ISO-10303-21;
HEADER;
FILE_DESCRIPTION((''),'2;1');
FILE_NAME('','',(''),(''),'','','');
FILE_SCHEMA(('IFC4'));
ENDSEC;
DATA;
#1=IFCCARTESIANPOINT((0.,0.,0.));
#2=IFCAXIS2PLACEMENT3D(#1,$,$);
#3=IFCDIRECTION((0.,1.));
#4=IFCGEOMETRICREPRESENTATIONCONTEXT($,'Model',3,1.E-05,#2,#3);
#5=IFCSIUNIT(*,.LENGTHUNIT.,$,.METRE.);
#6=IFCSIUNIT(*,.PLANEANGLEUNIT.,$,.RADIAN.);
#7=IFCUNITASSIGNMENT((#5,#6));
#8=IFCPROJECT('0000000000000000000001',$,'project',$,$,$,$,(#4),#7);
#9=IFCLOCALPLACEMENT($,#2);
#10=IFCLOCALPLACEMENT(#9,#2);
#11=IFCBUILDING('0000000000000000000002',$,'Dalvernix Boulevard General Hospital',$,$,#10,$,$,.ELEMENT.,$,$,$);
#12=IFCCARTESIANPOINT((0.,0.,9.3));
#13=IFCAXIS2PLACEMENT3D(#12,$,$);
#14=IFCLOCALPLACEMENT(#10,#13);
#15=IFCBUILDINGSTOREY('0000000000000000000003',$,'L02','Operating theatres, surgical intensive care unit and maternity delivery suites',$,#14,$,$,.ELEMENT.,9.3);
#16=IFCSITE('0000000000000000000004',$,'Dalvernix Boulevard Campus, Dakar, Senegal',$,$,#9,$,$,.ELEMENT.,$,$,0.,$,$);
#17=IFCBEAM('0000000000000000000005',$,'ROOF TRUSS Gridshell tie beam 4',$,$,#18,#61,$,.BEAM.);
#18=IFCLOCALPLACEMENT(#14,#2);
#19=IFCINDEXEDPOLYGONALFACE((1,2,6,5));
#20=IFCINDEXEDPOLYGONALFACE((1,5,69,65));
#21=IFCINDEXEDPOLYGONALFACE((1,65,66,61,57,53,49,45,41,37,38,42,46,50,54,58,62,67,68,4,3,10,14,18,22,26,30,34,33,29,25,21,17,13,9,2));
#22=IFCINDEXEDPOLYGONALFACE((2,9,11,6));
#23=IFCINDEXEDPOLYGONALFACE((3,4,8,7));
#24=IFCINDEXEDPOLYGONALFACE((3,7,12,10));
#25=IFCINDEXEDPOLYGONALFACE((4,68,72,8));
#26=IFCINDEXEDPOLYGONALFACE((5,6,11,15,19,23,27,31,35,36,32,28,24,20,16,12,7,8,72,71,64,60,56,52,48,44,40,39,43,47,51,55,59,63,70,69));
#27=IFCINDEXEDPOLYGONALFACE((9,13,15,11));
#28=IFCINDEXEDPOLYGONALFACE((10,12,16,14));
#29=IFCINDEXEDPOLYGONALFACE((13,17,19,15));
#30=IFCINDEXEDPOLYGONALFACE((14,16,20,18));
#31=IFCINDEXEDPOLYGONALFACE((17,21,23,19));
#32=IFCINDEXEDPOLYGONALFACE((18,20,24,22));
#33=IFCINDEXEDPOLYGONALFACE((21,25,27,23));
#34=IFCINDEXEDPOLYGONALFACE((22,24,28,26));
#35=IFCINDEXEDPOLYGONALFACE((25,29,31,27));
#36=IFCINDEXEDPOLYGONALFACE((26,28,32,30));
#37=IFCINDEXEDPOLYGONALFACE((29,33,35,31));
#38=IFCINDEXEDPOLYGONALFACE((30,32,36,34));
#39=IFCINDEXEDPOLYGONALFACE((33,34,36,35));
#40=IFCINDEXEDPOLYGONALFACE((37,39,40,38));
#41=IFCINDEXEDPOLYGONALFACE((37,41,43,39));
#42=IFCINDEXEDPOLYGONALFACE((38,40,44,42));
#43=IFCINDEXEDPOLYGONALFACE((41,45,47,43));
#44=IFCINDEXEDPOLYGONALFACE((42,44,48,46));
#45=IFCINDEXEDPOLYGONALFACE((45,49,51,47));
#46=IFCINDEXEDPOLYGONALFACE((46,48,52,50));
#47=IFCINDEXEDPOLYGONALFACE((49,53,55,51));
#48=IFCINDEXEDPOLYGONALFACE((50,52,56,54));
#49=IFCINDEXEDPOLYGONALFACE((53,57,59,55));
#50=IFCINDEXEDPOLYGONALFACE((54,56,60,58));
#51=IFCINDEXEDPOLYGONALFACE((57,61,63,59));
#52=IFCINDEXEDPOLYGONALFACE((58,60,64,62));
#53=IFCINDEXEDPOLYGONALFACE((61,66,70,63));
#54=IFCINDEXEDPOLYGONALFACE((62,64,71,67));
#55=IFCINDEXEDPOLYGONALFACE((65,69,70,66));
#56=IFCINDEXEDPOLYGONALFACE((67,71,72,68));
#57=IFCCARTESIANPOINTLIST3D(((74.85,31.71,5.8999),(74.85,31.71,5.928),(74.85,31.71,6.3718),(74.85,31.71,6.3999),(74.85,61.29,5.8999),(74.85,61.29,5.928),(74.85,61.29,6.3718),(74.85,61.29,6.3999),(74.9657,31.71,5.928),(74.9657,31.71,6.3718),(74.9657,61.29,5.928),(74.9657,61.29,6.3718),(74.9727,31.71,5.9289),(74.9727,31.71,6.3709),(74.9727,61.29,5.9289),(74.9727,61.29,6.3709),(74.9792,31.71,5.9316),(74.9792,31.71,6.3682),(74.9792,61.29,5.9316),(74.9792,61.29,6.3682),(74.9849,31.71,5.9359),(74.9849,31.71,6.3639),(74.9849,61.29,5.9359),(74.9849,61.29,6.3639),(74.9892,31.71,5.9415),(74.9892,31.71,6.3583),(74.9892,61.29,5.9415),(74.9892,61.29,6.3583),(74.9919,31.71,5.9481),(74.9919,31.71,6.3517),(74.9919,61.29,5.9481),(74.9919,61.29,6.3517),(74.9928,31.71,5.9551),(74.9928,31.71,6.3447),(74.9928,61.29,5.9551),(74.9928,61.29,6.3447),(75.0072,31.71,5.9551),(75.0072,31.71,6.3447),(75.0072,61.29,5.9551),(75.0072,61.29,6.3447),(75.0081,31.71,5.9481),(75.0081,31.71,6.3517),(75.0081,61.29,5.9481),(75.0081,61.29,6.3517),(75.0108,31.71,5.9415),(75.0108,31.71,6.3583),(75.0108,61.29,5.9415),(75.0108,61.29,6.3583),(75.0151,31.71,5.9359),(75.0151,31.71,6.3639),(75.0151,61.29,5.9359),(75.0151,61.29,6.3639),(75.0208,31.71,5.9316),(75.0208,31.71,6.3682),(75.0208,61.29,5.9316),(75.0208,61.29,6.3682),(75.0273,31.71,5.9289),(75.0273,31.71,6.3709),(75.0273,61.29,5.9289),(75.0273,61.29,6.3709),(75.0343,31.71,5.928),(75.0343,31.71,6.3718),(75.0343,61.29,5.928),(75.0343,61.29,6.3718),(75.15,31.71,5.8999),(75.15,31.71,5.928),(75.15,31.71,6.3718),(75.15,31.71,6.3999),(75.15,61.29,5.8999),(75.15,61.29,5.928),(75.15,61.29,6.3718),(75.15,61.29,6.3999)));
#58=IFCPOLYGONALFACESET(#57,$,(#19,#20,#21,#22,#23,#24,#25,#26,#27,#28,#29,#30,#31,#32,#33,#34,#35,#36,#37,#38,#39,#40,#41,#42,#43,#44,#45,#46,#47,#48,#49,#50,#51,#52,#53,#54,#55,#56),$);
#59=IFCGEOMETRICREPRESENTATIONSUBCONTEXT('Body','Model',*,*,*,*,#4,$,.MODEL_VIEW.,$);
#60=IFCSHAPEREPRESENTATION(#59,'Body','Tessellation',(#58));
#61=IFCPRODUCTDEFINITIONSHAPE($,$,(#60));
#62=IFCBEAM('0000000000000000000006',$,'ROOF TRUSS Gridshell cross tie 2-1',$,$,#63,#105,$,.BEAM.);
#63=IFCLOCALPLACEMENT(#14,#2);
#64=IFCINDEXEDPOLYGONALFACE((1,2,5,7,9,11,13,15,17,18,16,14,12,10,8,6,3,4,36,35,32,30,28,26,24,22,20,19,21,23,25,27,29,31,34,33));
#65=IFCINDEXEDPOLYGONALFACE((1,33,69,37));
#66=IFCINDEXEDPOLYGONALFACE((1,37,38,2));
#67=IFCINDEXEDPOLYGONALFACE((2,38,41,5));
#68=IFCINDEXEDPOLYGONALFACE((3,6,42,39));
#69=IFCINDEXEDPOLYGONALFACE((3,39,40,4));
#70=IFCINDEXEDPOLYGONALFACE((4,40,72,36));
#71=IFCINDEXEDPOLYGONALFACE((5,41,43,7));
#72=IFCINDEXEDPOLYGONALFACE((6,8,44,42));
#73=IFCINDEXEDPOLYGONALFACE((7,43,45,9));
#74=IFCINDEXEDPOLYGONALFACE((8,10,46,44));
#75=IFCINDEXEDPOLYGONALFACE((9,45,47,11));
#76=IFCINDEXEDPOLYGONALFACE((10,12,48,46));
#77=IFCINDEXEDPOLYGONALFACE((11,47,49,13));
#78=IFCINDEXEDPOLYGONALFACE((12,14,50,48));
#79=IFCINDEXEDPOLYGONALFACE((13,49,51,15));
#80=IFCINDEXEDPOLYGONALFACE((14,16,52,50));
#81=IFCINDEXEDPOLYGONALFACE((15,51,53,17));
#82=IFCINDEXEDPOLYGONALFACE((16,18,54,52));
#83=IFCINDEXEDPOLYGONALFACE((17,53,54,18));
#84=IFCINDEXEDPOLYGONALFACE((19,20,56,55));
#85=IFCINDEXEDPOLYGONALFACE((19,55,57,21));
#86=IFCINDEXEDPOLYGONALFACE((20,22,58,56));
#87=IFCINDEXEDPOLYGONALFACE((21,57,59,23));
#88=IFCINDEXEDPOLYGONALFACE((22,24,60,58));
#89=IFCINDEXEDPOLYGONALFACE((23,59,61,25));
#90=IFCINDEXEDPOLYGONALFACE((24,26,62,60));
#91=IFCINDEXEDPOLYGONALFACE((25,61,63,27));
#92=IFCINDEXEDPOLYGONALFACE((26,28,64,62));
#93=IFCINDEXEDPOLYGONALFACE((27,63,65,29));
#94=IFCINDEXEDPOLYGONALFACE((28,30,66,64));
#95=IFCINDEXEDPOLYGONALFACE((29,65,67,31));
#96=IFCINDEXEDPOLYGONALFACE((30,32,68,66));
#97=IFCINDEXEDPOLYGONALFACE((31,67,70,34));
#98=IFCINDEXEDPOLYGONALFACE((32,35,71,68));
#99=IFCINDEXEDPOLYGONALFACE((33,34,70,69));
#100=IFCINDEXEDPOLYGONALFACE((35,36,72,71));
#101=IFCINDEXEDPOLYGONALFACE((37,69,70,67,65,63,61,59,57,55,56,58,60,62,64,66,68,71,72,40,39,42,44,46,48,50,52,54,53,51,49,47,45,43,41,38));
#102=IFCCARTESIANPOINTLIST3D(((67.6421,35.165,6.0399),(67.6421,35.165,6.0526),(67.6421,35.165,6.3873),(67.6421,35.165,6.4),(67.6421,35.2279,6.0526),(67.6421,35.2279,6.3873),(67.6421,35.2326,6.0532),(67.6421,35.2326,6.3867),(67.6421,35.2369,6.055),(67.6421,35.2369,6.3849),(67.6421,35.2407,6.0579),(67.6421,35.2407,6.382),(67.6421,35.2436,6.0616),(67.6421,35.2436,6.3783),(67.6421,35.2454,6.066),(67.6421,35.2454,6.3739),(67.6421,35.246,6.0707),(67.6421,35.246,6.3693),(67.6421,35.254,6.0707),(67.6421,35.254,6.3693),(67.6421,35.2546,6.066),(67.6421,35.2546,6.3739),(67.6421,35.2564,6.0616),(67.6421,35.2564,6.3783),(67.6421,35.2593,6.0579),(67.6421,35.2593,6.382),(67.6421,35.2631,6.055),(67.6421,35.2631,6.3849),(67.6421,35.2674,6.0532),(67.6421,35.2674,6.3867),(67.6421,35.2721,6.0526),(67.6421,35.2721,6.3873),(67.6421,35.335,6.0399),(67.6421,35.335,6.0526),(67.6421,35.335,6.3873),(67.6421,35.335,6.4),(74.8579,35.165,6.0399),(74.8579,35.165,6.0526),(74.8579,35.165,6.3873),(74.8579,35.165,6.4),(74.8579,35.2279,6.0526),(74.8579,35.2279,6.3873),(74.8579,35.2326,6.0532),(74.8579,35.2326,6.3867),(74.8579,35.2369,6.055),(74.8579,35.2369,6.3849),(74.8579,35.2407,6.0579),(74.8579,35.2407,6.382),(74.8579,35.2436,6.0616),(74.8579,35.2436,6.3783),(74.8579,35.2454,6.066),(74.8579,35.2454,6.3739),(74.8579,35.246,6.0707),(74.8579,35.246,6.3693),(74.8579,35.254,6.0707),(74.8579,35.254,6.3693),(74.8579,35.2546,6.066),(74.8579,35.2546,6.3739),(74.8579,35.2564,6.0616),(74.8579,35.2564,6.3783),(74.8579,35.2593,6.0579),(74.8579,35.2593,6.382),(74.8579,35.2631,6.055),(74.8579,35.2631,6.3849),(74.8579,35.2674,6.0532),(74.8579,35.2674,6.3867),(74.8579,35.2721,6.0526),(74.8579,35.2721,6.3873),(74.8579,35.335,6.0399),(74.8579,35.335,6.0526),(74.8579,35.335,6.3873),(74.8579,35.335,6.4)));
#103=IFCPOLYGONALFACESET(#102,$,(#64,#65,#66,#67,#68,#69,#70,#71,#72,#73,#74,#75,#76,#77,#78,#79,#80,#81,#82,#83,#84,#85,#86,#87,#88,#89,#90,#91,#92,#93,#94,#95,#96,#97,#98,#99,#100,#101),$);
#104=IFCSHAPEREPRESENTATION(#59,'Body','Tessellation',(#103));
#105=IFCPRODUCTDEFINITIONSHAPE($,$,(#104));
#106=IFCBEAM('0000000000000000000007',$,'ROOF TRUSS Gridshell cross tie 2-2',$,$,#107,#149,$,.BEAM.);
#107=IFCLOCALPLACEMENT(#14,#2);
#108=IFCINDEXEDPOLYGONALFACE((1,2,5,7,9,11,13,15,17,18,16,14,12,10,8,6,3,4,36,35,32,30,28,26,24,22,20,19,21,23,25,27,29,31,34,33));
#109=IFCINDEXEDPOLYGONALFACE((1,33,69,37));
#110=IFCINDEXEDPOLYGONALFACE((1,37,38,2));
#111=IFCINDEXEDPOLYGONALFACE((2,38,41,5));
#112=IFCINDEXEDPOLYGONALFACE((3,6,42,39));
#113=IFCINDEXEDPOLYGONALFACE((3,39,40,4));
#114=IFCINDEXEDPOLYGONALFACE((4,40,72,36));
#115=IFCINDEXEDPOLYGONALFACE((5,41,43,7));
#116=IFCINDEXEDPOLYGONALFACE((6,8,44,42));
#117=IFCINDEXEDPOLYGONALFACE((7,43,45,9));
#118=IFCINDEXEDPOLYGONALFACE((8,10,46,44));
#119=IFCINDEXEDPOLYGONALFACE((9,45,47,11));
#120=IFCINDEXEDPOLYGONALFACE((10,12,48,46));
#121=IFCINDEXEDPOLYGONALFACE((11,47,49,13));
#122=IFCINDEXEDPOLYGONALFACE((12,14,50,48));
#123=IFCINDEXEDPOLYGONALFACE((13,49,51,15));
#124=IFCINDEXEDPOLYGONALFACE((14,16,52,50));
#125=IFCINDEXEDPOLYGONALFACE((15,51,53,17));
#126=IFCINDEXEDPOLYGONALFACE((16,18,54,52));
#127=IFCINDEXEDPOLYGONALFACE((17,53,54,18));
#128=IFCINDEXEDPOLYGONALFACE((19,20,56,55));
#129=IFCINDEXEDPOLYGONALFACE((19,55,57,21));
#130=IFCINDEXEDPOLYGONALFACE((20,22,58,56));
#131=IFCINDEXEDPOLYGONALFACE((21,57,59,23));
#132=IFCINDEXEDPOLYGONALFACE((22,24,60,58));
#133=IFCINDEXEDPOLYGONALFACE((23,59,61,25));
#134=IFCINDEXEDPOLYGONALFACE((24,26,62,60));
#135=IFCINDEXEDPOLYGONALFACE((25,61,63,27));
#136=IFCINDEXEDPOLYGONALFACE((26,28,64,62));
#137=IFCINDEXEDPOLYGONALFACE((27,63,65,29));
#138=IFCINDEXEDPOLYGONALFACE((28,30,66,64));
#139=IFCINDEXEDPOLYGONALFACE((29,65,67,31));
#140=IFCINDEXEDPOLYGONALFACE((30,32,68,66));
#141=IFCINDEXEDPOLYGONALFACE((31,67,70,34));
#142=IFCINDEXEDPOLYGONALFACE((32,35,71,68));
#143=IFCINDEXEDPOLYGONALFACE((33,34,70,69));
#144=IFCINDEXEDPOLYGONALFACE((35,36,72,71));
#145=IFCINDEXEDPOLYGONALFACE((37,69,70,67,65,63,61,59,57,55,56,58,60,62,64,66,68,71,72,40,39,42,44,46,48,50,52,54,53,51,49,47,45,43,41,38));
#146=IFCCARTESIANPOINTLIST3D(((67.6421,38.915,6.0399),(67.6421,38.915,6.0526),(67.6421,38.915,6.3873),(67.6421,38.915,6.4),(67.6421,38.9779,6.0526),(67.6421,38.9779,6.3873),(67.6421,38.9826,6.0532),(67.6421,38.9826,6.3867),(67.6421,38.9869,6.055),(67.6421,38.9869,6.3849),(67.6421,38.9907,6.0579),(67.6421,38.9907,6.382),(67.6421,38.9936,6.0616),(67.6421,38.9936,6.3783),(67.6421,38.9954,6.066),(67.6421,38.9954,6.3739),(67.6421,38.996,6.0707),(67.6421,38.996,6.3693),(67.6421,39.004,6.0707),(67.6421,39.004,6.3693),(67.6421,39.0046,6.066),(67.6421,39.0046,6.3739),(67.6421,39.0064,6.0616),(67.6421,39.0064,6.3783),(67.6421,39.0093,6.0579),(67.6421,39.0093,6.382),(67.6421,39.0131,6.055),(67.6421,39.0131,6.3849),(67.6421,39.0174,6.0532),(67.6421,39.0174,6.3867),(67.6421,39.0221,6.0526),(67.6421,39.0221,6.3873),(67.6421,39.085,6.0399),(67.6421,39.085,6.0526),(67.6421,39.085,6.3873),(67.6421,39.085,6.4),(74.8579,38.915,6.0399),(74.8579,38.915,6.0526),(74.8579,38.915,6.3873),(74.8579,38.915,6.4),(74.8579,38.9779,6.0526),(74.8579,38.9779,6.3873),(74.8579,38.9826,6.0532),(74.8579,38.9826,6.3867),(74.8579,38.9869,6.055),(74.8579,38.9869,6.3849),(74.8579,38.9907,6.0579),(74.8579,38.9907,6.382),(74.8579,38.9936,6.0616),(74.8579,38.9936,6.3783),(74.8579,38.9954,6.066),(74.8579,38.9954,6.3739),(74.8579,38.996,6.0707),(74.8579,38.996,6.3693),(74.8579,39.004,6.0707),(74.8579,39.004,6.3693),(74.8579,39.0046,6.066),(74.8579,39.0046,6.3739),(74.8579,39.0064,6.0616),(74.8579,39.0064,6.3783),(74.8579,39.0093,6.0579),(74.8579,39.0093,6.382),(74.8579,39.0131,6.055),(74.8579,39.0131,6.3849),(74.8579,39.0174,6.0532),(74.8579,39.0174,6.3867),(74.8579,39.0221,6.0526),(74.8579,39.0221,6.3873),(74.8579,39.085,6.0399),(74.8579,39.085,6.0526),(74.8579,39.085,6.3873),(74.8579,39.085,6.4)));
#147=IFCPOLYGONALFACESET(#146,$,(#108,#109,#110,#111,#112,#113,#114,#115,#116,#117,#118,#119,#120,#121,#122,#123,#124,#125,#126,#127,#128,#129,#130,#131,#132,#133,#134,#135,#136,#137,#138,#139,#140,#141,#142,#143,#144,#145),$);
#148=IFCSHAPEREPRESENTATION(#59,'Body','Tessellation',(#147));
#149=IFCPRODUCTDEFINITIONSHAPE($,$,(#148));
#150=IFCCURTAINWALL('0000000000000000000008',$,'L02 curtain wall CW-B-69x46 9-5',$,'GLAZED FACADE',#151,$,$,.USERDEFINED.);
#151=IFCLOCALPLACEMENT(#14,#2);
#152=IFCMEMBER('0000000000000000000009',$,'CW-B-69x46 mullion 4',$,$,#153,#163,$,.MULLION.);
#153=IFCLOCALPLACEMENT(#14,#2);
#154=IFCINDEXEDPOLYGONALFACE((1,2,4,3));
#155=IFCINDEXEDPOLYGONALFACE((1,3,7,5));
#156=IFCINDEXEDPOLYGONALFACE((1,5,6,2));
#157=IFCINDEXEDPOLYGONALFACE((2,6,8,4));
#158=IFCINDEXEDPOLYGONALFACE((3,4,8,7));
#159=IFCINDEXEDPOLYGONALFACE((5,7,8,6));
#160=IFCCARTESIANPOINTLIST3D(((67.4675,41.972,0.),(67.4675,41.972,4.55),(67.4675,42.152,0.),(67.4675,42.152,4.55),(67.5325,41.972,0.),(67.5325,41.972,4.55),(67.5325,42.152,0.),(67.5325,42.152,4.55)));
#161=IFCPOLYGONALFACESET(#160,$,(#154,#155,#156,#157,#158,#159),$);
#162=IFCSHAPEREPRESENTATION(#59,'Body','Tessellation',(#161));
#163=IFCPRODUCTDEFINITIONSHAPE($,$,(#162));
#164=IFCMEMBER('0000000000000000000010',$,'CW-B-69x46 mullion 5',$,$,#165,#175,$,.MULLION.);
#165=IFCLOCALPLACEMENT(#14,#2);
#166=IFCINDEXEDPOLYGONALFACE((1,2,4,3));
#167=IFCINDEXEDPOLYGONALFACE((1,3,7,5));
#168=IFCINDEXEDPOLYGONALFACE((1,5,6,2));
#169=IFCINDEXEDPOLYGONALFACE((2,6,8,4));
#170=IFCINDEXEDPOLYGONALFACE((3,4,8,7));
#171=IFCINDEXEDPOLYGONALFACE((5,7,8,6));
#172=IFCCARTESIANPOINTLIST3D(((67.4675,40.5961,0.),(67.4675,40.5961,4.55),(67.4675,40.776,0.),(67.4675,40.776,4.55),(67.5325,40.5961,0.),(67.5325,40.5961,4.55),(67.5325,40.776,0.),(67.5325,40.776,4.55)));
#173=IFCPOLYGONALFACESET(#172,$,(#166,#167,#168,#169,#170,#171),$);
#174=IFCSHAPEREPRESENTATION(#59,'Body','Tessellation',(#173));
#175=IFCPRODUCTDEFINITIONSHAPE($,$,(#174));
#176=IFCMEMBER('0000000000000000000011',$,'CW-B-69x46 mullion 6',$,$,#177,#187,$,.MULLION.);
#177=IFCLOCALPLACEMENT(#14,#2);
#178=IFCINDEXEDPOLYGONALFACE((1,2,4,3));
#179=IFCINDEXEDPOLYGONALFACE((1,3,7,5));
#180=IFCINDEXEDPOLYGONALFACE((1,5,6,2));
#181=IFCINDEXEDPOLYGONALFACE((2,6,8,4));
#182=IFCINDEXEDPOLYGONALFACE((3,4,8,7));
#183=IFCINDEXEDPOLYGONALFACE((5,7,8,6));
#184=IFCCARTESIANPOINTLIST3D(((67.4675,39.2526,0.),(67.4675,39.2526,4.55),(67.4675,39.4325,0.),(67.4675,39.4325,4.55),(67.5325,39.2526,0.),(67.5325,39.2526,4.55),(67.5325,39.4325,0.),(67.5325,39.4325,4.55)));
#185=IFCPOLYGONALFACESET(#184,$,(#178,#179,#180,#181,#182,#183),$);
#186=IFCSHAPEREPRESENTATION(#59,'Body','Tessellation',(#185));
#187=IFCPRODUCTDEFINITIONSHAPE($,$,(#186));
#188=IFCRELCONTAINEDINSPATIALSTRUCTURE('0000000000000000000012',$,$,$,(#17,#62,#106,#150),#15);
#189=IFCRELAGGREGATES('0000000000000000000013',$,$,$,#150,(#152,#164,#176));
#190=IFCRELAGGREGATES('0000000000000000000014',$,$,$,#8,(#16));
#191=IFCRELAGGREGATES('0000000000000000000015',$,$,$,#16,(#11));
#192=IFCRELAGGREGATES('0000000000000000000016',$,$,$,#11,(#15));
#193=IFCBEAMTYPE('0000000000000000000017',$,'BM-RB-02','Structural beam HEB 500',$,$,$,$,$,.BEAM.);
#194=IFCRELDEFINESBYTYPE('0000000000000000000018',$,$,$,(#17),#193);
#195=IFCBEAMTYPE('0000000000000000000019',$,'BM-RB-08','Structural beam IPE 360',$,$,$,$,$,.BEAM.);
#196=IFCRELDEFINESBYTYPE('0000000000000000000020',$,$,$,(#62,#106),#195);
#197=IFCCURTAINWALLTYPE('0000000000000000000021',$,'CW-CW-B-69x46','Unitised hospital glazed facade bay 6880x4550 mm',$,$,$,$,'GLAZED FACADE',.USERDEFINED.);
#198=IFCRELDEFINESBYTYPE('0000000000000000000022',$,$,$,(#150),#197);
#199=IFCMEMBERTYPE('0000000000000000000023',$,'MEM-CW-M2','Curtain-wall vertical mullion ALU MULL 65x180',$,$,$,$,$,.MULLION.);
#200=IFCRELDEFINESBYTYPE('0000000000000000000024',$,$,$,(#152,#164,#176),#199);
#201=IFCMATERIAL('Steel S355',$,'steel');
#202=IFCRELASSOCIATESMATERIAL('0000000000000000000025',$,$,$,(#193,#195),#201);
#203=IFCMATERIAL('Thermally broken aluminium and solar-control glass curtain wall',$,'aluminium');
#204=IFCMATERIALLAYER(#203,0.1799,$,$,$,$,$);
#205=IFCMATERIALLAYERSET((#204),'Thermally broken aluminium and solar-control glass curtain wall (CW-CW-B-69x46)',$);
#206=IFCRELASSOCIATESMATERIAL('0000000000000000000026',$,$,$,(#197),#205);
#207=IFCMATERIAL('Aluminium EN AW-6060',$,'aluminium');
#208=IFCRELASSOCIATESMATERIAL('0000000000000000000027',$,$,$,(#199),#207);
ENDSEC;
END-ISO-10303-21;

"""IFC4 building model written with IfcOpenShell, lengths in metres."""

from ifc_helpers import new_model, si_unit, direction, frame, origin, origin_2d, place, context, subcontext, project, spatial, rectangle, i_section, extrude, material, layer, layer_set, material_profile, profile_set, type_object, element, aggregate, save


model = new_model("IFC4")

# Units and contexts
model_context = context("Model", 3, precision=1e-05, world=origin(), true_north=direction((0.0, 1.0)))
body_context = subcontext(model_context, "Body", "Model", "MODEL_VIEW")
ifc_project = project(units=[si_unit("LENGTHUNIT", "METRE"), si_unit("PLANEANGLEUNIT", "RADIAN")], contexts=[model_context])

# Site, building, storey
site_placement = place(None, origin())
site = spatial("IfcSite", under=ifc_project, at=site_placement, Name="Dalvernix Boulevard Campus, Dakar, Senegal", CompositionType="ELEMENT", RefElevation=0.0)
building_placement = place(site_placement, origin())
building = spatial("IfcBuilding", under=site, at=building_placement, Name="Dalvernix Boulevard General Hospital", CompositionType="ELEMENT")
storey_placement = place(building_placement, frame((0.0, 0.0, 9.3)))
storey = spatial("IfcBuildingStorey", under=building, at=storey_placement, Name="L02", Description="Operating theatres, surgical intensive care unit and maternity delivery suites", CompositionType="ELEMENT", Elevation=9.3)

# Beams
ifc_material_1 = material(Name="Steel S355", Category="steel")
ifc_material_profile_1 = material_profile(ifc_material_1, i_section(OverallWidth=0.3, OverallDepth=0.5, WebThickness=0.0144, FlangeThickness=0.0281, FilletRadius=0.0271, at=origin_2d()), Name="HEB 500")
ifc_profile_set_1 = profile_set([ifc_material_profile_1], Name="Steel S355")
beam_type_1 = type_object("IfcBeamType", Name="BM-RB-02", Description="Structural beam HEB 500", PredefinedType="BEAM", material=ifc_profile_set_1)
beam_placement = place(storey_placement, frame((75.0, 31.71, 6.1499), z_axis=(0.0, 1.0, 0.0), x_axis=(-1.0, 0.0, 0.0)))
element("IfcBeam", 1, at=beam_placement, inside=storey, type_object=beam_type_1, Name="ROOF TRUSS Gridshell tie beam 4", PredefinedType="BEAM", context=body_context, shape_type="SweptSolid", body=[
    extrude(i_section(OverallWidth=0.3, OverallDepth=0.5, WebThickness=0.0144, FlangeThickness=0.0281, FilletRadius=0.0271, at=origin_2d()), origin(), (0.0, 0.0, 1.0), 29.5801),
])
ifc_material_profile_2 = material_profile(ifc_material_1, i_section(OverallWidth=0.1699, OverallDepth=0.3601, WebThickness=0.0081, FlangeThickness=0.0127, FilletRadius=0.0181, at=origin_2d()), Name="IPE 360")
ifc_profile_set_2 = profile_set([ifc_material_profile_2], Name="Steel S355")
beam_type_2 = type_object("IfcBeamType", Name="BM-RB-08", Description="Structural beam IPE 360", PredefinedType="BEAM", material=ifc_profile_set_2)
for number, where, z_axis, x_axis, name in (
    (2, (67.6421, 35.25, 6.22), (1.0, 0.0, 0.0), (0.0, 1.0, 0.0), "ROOF TRUSS Gridshell cross tie 2-1"),
    (3, (67.6421, 39.0, 6.22), (1.0, 0.0, 0.0), (0.0, 1.0, 0.0), "ROOF TRUSS Gridshell cross tie 2-2"),
):
    element("IfcBeam", number, at=place(storey_placement, frame(where, z_axis=z_axis, x_axis=x_axis)), inside=storey, type_object=beam_type_2, Name=name, PredefinedType="BEAM", context=body_context, shape_type="SweptSolid", body=[
        extrude(i_section(OverallWidth=0.1699, OverallDepth=0.3601, WebThickness=0.0081, FlangeThickness=0.0127, FilletRadius=0.0181, at=origin_2d()), origin(), (0.0, 0.0, 1.0), 7.2158),
    ])

# Curtain wall, members
ifc_material_2 = material(Name="Thermally broken aluminium and solar-control glass curtain wall", Category="aluminium")
ifc_layer_1 = layer(ifc_material_2, 0.1799)
ifc_layer_set_1 = layer_set([ifc_layer_1], Name="Thermally broken aluminium and solar-control glass curtain wall (CW-CW-B-69x46)")
curtain_wall_type = type_object("IfcCurtainWallType", Name="CW-CW-B-69x46", Description="Unitised hospital glazed facade bay 6880x4550 mm", ElementType="GLAZED FACADE", PredefinedType="USERDEFINED", material=ifc_layer_set_1)
curtain_wall_placement = place(storey_placement, origin())
curtain_wall = element("IfcCurtainWall", 4, at=curtain_wall_placement, inside=storey, type_object=curtain_wall_type, Name="L02 curtain wall CW-B-69x46 9-5", ObjectType="GLAZED FACADE", PredefinedType="USERDEFINED")
ifc_material_3 = material(Name="Aluminium EN AW-6060", Category="aluminium")
ifc_material_profile_3 = material_profile(ifc_material_3, rectangle(XDim=0.0649, YDim=0.1799, at=origin_2d()), Name="ALU MULL 65x180")
ifc_profile_set_3 = profile_set([ifc_material_profile_3], Name="Aluminium EN AW-6060")
member_type_1 = type_object("IfcMemberType", Name="MEM-CW-M2", Description="Curtain-wall vertical mullion ALU MULL 65x180", PredefinedType="MULLION", material=ifc_profile_set_3)
member_1_placement = place(storey_placement, frame((67.5, 42.062, 0.0), z_axis=(0.0, 0.0, 1.0), x_axis=(1.0, 0.0, 0.0)))
member_1 = element("IfcMember", 5, at=member_1_placement, type_object=member_type_1, Name="CW-B-69x46 mullion 4", PredefinedType="MULLION", context=body_context, shape_type="SweptSolid", body=[
    extrude(rectangle(XDim=0.0649, YDim=0.1799, at=origin_2d()), origin(), (0.0, 0.0, 1.0), 4.55),
])
member_2_placement = place(storey_placement, frame((67.5, 40.686, 0.0), z_axis=(0.0, 0.0, 1.0), x_axis=(1.0, 0.0, 0.0)))
member_2 = element("IfcMember", 6, at=member_2_placement, type_object=member_type_1, Name="CW-B-69x46 mullion 5", PredefinedType="MULLION", context=body_context, shape_type="SweptSolid", body=[
    extrude(rectangle(XDim=0.0649, YDim=0.1799, at=origin_2d()), origin(), (0.0, 0.0, 1.0), 4.55),
])
member_3_placement = place(storey_placement, frame((67.5, 39.3425, 0.0), z_axis=(0.0, 0.0, 1.0), x_axis=(1.0, 0.0, 0.0)))
member_3 = element("IfcMember", 7, at=member_3_placement, type_object=member_type_1, Name="CW-B-69x46 mullion 6", PredefinedType="MULLION", context=body_context, shape_type="SweptSolid", body=[
    extrude(rectangle(XDim=0.0649, YDim=0.1799, at=origin_2d()), origin(), (0.0, 0.0, 1.0), 4.55),
])

aggregate(curtain_wall, [member_1, member_2, member_3])

save(model, "model.ifc")
